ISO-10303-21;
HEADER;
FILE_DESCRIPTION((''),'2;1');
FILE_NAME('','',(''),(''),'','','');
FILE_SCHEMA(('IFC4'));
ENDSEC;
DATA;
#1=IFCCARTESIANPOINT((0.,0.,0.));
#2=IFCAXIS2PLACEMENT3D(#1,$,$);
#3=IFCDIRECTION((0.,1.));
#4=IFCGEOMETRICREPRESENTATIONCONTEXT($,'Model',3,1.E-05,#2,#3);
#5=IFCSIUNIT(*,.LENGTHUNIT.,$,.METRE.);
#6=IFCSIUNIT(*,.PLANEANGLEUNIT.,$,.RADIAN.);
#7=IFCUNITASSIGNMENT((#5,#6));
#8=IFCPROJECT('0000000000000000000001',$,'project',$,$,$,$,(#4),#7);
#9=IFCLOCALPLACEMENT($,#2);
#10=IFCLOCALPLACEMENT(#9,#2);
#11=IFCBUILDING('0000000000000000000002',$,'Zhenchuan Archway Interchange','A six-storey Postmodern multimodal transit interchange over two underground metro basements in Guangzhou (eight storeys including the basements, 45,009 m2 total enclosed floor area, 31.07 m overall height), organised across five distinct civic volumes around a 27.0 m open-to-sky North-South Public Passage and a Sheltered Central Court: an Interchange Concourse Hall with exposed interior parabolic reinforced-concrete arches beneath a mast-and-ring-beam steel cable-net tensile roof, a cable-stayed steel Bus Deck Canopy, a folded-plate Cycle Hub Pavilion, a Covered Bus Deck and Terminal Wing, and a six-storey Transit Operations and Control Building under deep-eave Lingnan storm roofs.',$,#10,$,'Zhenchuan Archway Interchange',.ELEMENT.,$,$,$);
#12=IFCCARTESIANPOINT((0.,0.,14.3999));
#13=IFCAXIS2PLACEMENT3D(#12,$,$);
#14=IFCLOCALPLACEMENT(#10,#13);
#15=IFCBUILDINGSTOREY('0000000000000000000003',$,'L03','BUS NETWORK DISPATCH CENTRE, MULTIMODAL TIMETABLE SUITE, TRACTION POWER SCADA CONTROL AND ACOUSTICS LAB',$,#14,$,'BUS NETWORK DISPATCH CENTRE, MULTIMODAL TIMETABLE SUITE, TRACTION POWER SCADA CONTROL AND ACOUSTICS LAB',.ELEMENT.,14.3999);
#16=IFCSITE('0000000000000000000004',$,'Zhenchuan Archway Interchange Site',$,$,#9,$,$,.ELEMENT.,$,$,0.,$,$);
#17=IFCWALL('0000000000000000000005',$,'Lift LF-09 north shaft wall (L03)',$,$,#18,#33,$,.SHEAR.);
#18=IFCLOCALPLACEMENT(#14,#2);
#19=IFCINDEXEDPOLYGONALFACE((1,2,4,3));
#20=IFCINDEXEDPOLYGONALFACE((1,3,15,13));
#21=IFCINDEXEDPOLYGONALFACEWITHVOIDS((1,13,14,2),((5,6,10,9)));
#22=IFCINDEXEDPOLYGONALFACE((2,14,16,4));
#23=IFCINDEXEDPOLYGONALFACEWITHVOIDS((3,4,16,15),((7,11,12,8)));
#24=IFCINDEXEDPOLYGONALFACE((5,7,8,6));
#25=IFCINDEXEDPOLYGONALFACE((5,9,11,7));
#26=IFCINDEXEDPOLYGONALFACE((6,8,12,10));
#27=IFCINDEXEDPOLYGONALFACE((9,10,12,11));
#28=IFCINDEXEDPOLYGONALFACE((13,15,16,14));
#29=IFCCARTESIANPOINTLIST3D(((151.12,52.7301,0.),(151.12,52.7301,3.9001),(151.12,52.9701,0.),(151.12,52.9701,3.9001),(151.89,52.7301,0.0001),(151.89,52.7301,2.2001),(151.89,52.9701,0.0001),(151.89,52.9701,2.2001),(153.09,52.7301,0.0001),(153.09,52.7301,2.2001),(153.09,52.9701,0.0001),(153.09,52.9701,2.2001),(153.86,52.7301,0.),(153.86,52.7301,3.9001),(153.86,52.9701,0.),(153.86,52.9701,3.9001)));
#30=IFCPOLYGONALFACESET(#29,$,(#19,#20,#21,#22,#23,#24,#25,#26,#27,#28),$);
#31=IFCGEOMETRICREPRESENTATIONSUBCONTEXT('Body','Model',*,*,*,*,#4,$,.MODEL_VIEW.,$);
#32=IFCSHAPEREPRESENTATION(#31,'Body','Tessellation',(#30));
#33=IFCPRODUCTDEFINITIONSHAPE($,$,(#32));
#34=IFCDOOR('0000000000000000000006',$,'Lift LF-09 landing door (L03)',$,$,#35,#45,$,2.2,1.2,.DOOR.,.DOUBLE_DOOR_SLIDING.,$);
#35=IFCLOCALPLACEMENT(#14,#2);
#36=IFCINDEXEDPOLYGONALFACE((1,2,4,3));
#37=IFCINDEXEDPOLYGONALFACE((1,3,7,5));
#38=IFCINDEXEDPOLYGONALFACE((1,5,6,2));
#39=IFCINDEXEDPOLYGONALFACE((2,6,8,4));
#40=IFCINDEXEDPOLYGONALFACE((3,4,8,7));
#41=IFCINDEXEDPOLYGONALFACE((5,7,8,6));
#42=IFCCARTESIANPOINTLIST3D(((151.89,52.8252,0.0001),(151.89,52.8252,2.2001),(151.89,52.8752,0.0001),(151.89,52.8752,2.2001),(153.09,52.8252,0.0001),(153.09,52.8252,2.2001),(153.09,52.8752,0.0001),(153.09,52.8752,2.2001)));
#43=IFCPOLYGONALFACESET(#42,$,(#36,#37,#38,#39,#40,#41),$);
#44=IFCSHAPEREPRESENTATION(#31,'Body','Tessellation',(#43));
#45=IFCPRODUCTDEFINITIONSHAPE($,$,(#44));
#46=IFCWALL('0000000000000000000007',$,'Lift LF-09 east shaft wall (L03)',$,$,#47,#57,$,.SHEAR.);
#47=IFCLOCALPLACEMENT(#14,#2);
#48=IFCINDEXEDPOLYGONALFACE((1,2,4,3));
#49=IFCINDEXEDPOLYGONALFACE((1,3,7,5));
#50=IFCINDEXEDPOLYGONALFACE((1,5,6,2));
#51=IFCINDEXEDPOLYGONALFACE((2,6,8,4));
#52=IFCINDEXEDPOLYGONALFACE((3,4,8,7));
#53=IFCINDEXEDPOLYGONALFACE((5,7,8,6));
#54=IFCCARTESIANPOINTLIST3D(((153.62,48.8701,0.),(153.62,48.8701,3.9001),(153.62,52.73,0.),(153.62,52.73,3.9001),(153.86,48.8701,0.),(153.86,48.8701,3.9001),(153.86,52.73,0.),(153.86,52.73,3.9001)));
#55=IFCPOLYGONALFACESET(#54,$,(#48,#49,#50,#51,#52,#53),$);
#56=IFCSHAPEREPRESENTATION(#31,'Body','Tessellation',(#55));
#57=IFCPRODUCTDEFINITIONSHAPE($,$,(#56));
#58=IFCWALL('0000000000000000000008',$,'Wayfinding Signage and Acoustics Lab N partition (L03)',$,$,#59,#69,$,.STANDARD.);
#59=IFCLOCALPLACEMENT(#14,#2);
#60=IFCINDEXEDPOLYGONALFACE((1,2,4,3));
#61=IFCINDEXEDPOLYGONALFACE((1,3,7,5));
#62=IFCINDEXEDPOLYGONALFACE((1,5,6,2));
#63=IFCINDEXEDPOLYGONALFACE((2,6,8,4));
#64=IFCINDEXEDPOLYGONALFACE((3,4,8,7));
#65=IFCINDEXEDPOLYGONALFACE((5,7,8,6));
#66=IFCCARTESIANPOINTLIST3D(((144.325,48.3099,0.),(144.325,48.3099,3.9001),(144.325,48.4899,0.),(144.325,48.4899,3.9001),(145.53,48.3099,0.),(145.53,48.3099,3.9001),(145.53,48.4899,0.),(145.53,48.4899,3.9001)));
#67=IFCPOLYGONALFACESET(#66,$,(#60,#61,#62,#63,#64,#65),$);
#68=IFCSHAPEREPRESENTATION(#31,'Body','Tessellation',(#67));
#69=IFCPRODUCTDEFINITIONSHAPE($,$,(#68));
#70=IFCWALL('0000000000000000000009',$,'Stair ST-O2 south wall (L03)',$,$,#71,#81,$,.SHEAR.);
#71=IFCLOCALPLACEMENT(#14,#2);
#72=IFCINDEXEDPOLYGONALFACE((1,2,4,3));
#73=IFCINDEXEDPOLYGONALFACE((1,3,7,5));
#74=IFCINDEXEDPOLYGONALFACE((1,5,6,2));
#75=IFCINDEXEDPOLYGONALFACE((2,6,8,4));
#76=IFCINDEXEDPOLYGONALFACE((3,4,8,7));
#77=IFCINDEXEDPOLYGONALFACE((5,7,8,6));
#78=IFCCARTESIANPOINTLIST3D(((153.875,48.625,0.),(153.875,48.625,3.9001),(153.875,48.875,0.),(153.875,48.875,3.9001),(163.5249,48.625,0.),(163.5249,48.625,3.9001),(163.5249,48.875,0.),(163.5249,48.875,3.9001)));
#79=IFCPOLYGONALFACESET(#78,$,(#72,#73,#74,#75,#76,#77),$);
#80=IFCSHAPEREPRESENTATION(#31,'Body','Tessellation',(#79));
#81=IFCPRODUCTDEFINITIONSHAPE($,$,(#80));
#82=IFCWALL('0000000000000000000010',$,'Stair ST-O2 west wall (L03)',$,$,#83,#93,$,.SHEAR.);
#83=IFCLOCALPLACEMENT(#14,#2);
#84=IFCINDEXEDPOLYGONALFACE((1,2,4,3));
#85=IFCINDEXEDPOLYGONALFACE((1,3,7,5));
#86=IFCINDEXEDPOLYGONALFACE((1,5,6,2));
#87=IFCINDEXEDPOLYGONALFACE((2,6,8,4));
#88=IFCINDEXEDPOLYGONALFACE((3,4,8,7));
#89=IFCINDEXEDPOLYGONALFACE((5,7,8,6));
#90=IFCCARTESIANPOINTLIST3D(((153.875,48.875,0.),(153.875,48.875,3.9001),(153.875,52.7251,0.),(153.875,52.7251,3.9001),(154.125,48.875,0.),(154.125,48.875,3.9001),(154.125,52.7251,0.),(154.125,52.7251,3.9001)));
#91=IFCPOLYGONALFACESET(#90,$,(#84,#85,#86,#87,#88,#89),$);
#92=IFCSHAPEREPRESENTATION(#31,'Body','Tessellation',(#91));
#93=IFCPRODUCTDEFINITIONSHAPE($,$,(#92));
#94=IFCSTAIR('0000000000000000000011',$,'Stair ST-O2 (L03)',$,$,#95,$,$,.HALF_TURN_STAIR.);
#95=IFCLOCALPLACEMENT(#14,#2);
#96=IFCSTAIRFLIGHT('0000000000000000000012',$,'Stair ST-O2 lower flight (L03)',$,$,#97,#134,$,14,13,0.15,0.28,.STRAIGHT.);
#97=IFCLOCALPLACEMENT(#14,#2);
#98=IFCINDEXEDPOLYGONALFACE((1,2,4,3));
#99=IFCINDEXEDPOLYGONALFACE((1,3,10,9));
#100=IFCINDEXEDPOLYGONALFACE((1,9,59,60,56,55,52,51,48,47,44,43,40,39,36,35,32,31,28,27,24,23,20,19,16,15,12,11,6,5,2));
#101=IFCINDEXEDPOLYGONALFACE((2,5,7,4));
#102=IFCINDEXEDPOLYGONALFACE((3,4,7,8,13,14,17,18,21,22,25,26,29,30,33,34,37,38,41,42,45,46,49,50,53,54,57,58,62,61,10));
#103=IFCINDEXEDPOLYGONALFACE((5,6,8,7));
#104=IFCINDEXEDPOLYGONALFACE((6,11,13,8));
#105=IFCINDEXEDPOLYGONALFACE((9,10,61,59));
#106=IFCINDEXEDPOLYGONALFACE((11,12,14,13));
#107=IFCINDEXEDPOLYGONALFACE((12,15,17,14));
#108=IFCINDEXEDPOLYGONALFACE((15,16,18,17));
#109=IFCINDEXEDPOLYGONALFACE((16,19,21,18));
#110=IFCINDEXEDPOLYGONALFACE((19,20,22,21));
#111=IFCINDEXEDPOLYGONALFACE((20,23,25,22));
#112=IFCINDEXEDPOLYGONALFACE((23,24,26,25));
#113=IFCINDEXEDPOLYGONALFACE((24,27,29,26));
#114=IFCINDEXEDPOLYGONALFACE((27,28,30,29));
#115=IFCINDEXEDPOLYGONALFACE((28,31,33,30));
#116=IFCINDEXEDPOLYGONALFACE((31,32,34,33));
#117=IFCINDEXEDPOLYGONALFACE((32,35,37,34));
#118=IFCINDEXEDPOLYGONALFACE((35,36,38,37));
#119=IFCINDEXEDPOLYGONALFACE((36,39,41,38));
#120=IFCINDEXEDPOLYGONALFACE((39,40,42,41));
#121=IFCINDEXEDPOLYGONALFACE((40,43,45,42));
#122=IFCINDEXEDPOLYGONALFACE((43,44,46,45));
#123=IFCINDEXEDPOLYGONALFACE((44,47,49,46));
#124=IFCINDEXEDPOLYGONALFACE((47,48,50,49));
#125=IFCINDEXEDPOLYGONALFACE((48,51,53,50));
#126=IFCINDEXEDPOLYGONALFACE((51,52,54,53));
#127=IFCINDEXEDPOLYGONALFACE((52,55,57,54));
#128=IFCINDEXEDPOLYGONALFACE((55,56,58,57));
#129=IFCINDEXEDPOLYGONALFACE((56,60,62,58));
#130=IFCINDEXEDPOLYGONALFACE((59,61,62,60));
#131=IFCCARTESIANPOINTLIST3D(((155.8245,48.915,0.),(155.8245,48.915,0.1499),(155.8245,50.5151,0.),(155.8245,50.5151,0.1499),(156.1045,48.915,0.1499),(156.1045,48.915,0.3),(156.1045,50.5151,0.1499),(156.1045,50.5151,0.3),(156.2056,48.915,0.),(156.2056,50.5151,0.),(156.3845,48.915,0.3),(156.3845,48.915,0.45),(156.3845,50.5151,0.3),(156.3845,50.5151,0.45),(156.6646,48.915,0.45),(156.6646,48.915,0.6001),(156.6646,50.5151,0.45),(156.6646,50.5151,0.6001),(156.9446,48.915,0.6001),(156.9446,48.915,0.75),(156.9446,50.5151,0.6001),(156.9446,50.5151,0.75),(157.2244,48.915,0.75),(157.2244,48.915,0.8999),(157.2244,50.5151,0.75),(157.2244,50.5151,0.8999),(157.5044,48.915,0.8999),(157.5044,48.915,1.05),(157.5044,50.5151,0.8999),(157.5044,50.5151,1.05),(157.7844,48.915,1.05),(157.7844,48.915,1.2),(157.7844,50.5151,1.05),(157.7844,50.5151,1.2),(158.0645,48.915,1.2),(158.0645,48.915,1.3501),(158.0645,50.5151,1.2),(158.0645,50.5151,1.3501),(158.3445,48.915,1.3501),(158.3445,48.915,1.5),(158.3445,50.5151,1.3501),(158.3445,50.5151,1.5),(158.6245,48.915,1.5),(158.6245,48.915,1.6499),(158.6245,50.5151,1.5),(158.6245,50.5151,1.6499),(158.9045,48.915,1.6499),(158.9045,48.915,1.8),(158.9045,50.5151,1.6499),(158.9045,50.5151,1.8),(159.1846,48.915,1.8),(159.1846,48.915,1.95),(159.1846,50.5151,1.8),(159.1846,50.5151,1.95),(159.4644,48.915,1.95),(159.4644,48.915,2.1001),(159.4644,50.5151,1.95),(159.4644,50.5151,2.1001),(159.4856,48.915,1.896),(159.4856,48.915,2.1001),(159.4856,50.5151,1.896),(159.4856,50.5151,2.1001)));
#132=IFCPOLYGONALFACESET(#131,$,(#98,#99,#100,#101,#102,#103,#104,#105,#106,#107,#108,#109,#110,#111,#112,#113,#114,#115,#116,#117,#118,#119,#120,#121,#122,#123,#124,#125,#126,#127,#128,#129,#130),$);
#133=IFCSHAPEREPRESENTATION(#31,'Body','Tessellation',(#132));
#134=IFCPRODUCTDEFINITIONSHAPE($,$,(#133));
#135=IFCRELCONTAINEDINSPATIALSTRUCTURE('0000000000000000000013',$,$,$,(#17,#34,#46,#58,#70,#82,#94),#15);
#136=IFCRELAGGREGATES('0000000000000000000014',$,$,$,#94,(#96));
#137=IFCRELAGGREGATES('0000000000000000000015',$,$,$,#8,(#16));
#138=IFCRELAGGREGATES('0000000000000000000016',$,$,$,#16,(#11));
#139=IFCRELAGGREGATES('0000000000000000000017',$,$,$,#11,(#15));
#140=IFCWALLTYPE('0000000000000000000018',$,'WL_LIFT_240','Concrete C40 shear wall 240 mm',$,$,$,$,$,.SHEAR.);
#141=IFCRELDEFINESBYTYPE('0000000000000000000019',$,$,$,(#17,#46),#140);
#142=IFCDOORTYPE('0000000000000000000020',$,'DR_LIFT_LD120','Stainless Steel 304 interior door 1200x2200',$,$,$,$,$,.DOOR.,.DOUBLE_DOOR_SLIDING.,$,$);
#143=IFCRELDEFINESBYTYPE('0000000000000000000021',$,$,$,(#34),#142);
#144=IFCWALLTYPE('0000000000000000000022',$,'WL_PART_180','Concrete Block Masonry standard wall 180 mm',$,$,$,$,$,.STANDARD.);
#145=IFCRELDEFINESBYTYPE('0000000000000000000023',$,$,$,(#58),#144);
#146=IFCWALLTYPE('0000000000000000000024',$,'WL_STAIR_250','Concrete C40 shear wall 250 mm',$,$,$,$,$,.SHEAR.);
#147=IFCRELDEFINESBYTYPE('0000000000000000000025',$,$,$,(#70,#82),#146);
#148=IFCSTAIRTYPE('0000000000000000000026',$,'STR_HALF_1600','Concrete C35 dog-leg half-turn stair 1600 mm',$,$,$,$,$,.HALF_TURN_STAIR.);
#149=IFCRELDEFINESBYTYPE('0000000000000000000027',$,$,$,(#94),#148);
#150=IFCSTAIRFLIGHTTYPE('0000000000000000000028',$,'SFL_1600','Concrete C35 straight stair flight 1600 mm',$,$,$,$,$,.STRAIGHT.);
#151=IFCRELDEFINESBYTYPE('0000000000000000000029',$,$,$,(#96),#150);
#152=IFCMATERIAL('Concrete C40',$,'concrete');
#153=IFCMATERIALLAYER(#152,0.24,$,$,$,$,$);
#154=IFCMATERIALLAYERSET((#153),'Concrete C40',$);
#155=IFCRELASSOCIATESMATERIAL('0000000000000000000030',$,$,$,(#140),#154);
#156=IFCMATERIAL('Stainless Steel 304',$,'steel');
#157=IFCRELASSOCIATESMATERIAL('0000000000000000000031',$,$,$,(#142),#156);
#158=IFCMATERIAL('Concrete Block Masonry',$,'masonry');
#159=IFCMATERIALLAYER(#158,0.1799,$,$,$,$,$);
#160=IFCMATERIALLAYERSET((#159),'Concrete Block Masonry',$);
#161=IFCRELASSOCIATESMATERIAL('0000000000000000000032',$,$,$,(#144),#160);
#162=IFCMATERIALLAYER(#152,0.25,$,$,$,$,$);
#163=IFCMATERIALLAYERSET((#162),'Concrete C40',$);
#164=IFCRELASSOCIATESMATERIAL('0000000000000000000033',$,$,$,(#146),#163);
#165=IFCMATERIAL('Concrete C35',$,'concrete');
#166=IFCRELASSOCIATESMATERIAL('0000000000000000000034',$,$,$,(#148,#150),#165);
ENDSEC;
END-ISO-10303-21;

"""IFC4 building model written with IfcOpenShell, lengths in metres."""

from ifc_helpers import new_model, si_unit, direction, frame, frame_2d, origin, place, context, subcontext, project, spatial, polyline, rectangle, outline, extrude, material, layer, layer_set, type_object, element, fill, aggregate, save


model = new_model("IFC4")

# Units and contexts
model_context = context("Model", 3, precision=1e-05, world=origin(), true_north=direction((0.0, 1.0)))
body_context = subcontext(model_context, "Body", "Model", "MODEL_VIEW")
ifc_project = project(units=[si_unit("LENGTHUNIT", "METRE"), si_unit("PLANEANGLEUNIT", "RADIAN")], contexts=[model_context])

# Site, building, storey
site_placement = place(None, origin())
site = spatial("IfcSite", under=ifc_project, at=site_placement, Name="Zhenchuan Archway Interchange Site", CompositionType="ELEMENT", RefElevation=0.0)
building_placement = place(site_placement, origin())
building = spatial("IfcBuilding", under=site, at=building_placement, Name="Zhenchuan Archway Interchange", Description="A six-storey Postmodern multimodal transit interchange over two underground metro basements in Guangzhou (eight storeys including the basements, 45,009 m2 total enclosed floor area, 31.07 m overall height), organised across five distinct civic volumes around a 27.0 m open-to-sky North-South Public Passage and a Sheltered Central Court: an Interchange Concourse Hall with exposed interior parabolic reinforced-concrete arches beneath a mast-and-ring-beam steel cable-net tensile roof, a cable-stayed steel Bus Deck Canopy, a folded-plate Cycle Hub Pavilion, a Covered Bus Deck and Terminal Wing, and a six-storey Transit Operations and Control Building under deep-eave Lingnan storm roofs.", LongName="Zhenchuan Archway Interchange", CompositionType="ELEMENT")
storey_placement = place(building_placement, frame((0.0, 0.0, 14.3999)))
storey = spatial("IfcBuildingStorey", under=building, at=storey_placement, Name="L03", Description="BUS NETWORK DISPATCH CENTRE, MULTIMODAL TIMETABLE SUITE, TRACTION POWER SCADA CONTROL AND ACOUSTICS LAB", LongName="BUS NETWORK DISPATCH CENTRE, MULTIMODAL TIMETABLE SUITE, TRACTION POWER SCADA CONTROL AND ACOUSTICS LAB", CompositionType="ELEMENT", Elevation=14.3999)

# Shared definitions
ifc_material_1 = material(Name="Concrete C40", Category="concrete")

# Shared definitions
ifc_layer_1 = layer(ifc_material_1, 0.24)
ifc_layer_set_1 = layer_set([ifc_layer_1], Name="Concrete C40")
wall_type_1 = type_object("IfcWallType", Name="WL_LIFT_240", Description="Concrete C40 shear wall 240 mm", PredefinedType="SHEAR", material=ifc_layer_set_1)

# Shared definitions
ifc_material_2 = material(Name="Stainless Steel 304", Category="steel")
door_type_1 = type_object("IfcDoorType", Name="DR_LIFT_LD120", Description="Stainless Steel 304 interior door 1200x2200", OperationType="DOUBLE_DOOR_SLIDING", PredefinedType="DOOR", material=ifc_material_2)

# Wall, opening, door
wall_1_placement = place(storey_placement, frame((153.8601, 52.8501, 0.0), z_axis=(0.0, 0.0, 1.0), x_axis=(-1.0, 0.0, 0.0)))
wall_1 = element("IfcWall", 1, at=wall_1_placement, inside=storey, type_object=wall_type_1, Name="Lift LF-09 north shaft wall (L03)", PredefinedType="SHEAR", context=body_context, shape_type="SweptSolid", body=[
    extrude(rectangle(XDim=2.74, YDim=0.24, at=frame_2d((1.3701, 0.0))), origin(), (0.0, 0.0, 1.0), 3.9001),
])
opening_1_placement = place(wall_1_placement, frame((0.77, 0.0, 0.0)))
opening_1 = element("IfcOpeningElement", 2, at=opening_1_placement, cuts=wall_1, PredefinedType="OPENING", context=body_context, shape_type="SweptSolid", body=[
    extrude(rectangle(XDim=1.2, YDim=2.2, at=frame_2d((0.6001, 1.1001))), frame((0.0, 0.1318, 0.0), z_axis=(0.0, -1.0, 0.0), x_axis=(1.0, 0.0, 0.0)), (0.0, 0.0, 1.0), 0.2639),
])
door_1_placement = place(opening_1_placement, origin())
door_1 = element("IfcDoor", 3, at=door_1_placement, inside=storey, type_object=door_type_1, Name="Lift LF-09 landing door (L03)", OperationType="DOUBLE_DOOR_SLIDING", OverallHeight=2.2, OverallWidth=1.2, PredefinedType="DOOR", context=body_context, shape_type="SweptSolid", body=[
    extrude(rectangle(XDim=1.2, YDim=2.2, at=frame_2d((0.6001, 1.1001))), frame((0.0, 0.0249, 0.0), z_axis=(0.0, -1.0, 0.0), x_axis=(1.0, 0.0, 0.0)), (0.0, 0.0, 1.0), 0.05),
])
fill(opening_1, door_1)

# Walls
wall_2_placement = place(storey_placement, frame((153.74, 48.8701, 0.0), z_axis=(0.0, 0.0, 1.0), x_axis=(0.0, 1.0, 0.0)))
element("IfcWall", 4, at=wall_2_placement, inside=storey, type_object=wall_type_1, Name="Lift LF-09 east shaft wall (L03)", PredefinedType="SHEAR", context=body_context, shape_type="SweptSolid", body=[
    extrude(rectangle(XDim=3.8599, YDim=0.24, at=frame_2d((1.9299, 0.0))), origin(), (0.0, 0.0, 1.0), 3.9001),
])
ifc_material_3 = material(Name="Concrete Block Masonry", Category="masonry")
ifc_layer_2 = layer(ifc_material_3, 0.1799)
ifc_layer_set_2 = layer_set([ifc_layer_2], Name="Concrete Block Masonry")
wall_type_2 = type_object("IfcWallType", Name="WL_PART_180", Description="Concrete Block Masonry standard wall 180 mm", PredefinedType="STANDARD", material=ifc_layer_set_2)
wall_3_placement = place(storey_placement, frame((144.325, 48.3999, 0.0), z_axis=(0.0, 0.0, 1.0), x_axis=(1.0, 0.0, 0.0)))
element("IfcWall", 5, at=wall_3_placement, inside=storey, type_object=wall_type_2, Name="Wayfinding Signage and Acoustics Lab N partition (L03)", PredefinedType="STANDARD", context=body_context, shape_type="SweptSolid", body=[
    extrude(rectangle(XDim=1.2051, YDim=0.1799, at=frame_2d((0.6025, 0.0))), origin(), (0.0, 0.0, 1.0), 3.9001),
])
ifc_layer_3 = layer(ifc_material_1, 0.25)
ifc_layer_set_3 = layer_set([ifc_layer_3], Name="Concrete C40")
wall_type_3 = type_object("IfcWallType", Name="WL_STAIR_250", Description="Concrete C40 shear wall 250 mm", PredefinedType="SHEAR", material=ifc_layer_set_3)
wall_4_placement = place(storey_placement, frame((153.875, 48.75, 0.0), z_axis=(0.0, 0.0, 1.0), x_axis=(1.0, 0.0, 0.0)))
element("IfcWall", 6, at=wall_4_placement, inside=storey, type_object=wall_type_3, Name="Stair ST-O2 south wall (L03)", PredefinedType="SHEAR", context=body_context, shape_type="SweptSolid", body=[
    extrude(rectangle(XDim=9.6499, YDim=0.25, at=frame_2d((4.825, 0.0))), origin(), (0.0, 0.0, 1.0), 3.9001),
])
wall_5_placement = place(storey_placement, frame((154.0, 52.7251, 0.0), z_axis=(0.0, 0.0, 1.0), x_axis=(0.0, -1.0, 0.0)))
element("IfcWall", 7, at=wall_5_placement, inside=storey, type_object=wall_type_3, Name="Stair ST-O2 west wall (L03)", PredefinedType="SHEAR", context=body_context, shape_type="SweptSolid", body=[
    extrude(rectangle(XDim=3.8501, YDim=0.25, at=frame_2d((1.925, 0.0))), origin(), (0.0, 0.0, 1.0), 3.9001),
])

# Stair, stair flight
ifc_material_4 = material(Name="Concrete C35", Category="concrete")
stair_type = type_object("IfcStairType", Name="STR_HALF_1600", Description="Concrete C35 dog-leg half-turn stair 1600 mm", PredefinedType="HALF_TURN_STAIR", material=ifc_material_4)
stair_placement = place(storey_placement, origin())
stair = element("IfcStair", 8, at=stair_placement, inside=storey, type_object=stair_type, Name="Stair ST-O2 (L03)", PredefinedType="HALF_TURN_STAIR")
stair_flight_type = type_object("IfcStairFlightType", Name="SFL_1600", Description="Concrete C35 straight stair flight 1600 mm", PredefinedType="STRAIGHT", material=ifc_material_4)
stair_flight_placement = place(storey_placement, frame((155.8245, 49.7151, 0.0), z_axis=(0.0, 0.0, 1.0), x_axis=(1.0, 0.0, 0.0)))
stair_flight = element("IfcStairFlight", 9, at=stair_flight_placement, type_object=stair_flight_type, Name="Stair ST-O2 lower flight (L03)", NumberOfRisers=14, NumberOfTreads=13, PredefinedType="STRAIGHT", RiserHeight=0.15, TreadLength=0.28, context=body_context, shape_type="SweptSolid", body=[
    extrude(outline(polyline([(0.0, 0.0), (0.0, 0.1499), (0.28, 0.1499), (0.28, 0.3), (0.5601, 0.3), (0.5601, 0.45), (0.8401, 0.45), (0.8401, 0.6001), (1.1201, 0.6001), (1.1201, 0.75), (1.3999, 0.75), (1.3999, 0.8999), (1.6799, 0.8999), (1.6799, 1.05), (1.96, 1.05), (1.96, 1.2), (2.24, 1.2), (2.24, 1.3501), (2.52, 1.3501), (2.52, 1.5), (2.8, 1.5), (2.8, 1.6499), (3.0801, 1.6499), (3.0801, 1.8), (3.3601, 1.8), (3.3601, 1.95), (3.6399, 1.95), (3.6399, 2.1001), (3.6611, 2.1001), (3.6611, 1.896), (0.3811, 0.0), (0.0, 0.0)])), frame((0.0, 0.8, 0.0), z_axis=(0.0, -1.0, 0.0), x_axis=(1.0, 0.0, 0.0)), (0.0, 0.0, 1.0), 1.6001),
])
aggregate(stair, [stair_flight])

save(model, "model.ifc")
